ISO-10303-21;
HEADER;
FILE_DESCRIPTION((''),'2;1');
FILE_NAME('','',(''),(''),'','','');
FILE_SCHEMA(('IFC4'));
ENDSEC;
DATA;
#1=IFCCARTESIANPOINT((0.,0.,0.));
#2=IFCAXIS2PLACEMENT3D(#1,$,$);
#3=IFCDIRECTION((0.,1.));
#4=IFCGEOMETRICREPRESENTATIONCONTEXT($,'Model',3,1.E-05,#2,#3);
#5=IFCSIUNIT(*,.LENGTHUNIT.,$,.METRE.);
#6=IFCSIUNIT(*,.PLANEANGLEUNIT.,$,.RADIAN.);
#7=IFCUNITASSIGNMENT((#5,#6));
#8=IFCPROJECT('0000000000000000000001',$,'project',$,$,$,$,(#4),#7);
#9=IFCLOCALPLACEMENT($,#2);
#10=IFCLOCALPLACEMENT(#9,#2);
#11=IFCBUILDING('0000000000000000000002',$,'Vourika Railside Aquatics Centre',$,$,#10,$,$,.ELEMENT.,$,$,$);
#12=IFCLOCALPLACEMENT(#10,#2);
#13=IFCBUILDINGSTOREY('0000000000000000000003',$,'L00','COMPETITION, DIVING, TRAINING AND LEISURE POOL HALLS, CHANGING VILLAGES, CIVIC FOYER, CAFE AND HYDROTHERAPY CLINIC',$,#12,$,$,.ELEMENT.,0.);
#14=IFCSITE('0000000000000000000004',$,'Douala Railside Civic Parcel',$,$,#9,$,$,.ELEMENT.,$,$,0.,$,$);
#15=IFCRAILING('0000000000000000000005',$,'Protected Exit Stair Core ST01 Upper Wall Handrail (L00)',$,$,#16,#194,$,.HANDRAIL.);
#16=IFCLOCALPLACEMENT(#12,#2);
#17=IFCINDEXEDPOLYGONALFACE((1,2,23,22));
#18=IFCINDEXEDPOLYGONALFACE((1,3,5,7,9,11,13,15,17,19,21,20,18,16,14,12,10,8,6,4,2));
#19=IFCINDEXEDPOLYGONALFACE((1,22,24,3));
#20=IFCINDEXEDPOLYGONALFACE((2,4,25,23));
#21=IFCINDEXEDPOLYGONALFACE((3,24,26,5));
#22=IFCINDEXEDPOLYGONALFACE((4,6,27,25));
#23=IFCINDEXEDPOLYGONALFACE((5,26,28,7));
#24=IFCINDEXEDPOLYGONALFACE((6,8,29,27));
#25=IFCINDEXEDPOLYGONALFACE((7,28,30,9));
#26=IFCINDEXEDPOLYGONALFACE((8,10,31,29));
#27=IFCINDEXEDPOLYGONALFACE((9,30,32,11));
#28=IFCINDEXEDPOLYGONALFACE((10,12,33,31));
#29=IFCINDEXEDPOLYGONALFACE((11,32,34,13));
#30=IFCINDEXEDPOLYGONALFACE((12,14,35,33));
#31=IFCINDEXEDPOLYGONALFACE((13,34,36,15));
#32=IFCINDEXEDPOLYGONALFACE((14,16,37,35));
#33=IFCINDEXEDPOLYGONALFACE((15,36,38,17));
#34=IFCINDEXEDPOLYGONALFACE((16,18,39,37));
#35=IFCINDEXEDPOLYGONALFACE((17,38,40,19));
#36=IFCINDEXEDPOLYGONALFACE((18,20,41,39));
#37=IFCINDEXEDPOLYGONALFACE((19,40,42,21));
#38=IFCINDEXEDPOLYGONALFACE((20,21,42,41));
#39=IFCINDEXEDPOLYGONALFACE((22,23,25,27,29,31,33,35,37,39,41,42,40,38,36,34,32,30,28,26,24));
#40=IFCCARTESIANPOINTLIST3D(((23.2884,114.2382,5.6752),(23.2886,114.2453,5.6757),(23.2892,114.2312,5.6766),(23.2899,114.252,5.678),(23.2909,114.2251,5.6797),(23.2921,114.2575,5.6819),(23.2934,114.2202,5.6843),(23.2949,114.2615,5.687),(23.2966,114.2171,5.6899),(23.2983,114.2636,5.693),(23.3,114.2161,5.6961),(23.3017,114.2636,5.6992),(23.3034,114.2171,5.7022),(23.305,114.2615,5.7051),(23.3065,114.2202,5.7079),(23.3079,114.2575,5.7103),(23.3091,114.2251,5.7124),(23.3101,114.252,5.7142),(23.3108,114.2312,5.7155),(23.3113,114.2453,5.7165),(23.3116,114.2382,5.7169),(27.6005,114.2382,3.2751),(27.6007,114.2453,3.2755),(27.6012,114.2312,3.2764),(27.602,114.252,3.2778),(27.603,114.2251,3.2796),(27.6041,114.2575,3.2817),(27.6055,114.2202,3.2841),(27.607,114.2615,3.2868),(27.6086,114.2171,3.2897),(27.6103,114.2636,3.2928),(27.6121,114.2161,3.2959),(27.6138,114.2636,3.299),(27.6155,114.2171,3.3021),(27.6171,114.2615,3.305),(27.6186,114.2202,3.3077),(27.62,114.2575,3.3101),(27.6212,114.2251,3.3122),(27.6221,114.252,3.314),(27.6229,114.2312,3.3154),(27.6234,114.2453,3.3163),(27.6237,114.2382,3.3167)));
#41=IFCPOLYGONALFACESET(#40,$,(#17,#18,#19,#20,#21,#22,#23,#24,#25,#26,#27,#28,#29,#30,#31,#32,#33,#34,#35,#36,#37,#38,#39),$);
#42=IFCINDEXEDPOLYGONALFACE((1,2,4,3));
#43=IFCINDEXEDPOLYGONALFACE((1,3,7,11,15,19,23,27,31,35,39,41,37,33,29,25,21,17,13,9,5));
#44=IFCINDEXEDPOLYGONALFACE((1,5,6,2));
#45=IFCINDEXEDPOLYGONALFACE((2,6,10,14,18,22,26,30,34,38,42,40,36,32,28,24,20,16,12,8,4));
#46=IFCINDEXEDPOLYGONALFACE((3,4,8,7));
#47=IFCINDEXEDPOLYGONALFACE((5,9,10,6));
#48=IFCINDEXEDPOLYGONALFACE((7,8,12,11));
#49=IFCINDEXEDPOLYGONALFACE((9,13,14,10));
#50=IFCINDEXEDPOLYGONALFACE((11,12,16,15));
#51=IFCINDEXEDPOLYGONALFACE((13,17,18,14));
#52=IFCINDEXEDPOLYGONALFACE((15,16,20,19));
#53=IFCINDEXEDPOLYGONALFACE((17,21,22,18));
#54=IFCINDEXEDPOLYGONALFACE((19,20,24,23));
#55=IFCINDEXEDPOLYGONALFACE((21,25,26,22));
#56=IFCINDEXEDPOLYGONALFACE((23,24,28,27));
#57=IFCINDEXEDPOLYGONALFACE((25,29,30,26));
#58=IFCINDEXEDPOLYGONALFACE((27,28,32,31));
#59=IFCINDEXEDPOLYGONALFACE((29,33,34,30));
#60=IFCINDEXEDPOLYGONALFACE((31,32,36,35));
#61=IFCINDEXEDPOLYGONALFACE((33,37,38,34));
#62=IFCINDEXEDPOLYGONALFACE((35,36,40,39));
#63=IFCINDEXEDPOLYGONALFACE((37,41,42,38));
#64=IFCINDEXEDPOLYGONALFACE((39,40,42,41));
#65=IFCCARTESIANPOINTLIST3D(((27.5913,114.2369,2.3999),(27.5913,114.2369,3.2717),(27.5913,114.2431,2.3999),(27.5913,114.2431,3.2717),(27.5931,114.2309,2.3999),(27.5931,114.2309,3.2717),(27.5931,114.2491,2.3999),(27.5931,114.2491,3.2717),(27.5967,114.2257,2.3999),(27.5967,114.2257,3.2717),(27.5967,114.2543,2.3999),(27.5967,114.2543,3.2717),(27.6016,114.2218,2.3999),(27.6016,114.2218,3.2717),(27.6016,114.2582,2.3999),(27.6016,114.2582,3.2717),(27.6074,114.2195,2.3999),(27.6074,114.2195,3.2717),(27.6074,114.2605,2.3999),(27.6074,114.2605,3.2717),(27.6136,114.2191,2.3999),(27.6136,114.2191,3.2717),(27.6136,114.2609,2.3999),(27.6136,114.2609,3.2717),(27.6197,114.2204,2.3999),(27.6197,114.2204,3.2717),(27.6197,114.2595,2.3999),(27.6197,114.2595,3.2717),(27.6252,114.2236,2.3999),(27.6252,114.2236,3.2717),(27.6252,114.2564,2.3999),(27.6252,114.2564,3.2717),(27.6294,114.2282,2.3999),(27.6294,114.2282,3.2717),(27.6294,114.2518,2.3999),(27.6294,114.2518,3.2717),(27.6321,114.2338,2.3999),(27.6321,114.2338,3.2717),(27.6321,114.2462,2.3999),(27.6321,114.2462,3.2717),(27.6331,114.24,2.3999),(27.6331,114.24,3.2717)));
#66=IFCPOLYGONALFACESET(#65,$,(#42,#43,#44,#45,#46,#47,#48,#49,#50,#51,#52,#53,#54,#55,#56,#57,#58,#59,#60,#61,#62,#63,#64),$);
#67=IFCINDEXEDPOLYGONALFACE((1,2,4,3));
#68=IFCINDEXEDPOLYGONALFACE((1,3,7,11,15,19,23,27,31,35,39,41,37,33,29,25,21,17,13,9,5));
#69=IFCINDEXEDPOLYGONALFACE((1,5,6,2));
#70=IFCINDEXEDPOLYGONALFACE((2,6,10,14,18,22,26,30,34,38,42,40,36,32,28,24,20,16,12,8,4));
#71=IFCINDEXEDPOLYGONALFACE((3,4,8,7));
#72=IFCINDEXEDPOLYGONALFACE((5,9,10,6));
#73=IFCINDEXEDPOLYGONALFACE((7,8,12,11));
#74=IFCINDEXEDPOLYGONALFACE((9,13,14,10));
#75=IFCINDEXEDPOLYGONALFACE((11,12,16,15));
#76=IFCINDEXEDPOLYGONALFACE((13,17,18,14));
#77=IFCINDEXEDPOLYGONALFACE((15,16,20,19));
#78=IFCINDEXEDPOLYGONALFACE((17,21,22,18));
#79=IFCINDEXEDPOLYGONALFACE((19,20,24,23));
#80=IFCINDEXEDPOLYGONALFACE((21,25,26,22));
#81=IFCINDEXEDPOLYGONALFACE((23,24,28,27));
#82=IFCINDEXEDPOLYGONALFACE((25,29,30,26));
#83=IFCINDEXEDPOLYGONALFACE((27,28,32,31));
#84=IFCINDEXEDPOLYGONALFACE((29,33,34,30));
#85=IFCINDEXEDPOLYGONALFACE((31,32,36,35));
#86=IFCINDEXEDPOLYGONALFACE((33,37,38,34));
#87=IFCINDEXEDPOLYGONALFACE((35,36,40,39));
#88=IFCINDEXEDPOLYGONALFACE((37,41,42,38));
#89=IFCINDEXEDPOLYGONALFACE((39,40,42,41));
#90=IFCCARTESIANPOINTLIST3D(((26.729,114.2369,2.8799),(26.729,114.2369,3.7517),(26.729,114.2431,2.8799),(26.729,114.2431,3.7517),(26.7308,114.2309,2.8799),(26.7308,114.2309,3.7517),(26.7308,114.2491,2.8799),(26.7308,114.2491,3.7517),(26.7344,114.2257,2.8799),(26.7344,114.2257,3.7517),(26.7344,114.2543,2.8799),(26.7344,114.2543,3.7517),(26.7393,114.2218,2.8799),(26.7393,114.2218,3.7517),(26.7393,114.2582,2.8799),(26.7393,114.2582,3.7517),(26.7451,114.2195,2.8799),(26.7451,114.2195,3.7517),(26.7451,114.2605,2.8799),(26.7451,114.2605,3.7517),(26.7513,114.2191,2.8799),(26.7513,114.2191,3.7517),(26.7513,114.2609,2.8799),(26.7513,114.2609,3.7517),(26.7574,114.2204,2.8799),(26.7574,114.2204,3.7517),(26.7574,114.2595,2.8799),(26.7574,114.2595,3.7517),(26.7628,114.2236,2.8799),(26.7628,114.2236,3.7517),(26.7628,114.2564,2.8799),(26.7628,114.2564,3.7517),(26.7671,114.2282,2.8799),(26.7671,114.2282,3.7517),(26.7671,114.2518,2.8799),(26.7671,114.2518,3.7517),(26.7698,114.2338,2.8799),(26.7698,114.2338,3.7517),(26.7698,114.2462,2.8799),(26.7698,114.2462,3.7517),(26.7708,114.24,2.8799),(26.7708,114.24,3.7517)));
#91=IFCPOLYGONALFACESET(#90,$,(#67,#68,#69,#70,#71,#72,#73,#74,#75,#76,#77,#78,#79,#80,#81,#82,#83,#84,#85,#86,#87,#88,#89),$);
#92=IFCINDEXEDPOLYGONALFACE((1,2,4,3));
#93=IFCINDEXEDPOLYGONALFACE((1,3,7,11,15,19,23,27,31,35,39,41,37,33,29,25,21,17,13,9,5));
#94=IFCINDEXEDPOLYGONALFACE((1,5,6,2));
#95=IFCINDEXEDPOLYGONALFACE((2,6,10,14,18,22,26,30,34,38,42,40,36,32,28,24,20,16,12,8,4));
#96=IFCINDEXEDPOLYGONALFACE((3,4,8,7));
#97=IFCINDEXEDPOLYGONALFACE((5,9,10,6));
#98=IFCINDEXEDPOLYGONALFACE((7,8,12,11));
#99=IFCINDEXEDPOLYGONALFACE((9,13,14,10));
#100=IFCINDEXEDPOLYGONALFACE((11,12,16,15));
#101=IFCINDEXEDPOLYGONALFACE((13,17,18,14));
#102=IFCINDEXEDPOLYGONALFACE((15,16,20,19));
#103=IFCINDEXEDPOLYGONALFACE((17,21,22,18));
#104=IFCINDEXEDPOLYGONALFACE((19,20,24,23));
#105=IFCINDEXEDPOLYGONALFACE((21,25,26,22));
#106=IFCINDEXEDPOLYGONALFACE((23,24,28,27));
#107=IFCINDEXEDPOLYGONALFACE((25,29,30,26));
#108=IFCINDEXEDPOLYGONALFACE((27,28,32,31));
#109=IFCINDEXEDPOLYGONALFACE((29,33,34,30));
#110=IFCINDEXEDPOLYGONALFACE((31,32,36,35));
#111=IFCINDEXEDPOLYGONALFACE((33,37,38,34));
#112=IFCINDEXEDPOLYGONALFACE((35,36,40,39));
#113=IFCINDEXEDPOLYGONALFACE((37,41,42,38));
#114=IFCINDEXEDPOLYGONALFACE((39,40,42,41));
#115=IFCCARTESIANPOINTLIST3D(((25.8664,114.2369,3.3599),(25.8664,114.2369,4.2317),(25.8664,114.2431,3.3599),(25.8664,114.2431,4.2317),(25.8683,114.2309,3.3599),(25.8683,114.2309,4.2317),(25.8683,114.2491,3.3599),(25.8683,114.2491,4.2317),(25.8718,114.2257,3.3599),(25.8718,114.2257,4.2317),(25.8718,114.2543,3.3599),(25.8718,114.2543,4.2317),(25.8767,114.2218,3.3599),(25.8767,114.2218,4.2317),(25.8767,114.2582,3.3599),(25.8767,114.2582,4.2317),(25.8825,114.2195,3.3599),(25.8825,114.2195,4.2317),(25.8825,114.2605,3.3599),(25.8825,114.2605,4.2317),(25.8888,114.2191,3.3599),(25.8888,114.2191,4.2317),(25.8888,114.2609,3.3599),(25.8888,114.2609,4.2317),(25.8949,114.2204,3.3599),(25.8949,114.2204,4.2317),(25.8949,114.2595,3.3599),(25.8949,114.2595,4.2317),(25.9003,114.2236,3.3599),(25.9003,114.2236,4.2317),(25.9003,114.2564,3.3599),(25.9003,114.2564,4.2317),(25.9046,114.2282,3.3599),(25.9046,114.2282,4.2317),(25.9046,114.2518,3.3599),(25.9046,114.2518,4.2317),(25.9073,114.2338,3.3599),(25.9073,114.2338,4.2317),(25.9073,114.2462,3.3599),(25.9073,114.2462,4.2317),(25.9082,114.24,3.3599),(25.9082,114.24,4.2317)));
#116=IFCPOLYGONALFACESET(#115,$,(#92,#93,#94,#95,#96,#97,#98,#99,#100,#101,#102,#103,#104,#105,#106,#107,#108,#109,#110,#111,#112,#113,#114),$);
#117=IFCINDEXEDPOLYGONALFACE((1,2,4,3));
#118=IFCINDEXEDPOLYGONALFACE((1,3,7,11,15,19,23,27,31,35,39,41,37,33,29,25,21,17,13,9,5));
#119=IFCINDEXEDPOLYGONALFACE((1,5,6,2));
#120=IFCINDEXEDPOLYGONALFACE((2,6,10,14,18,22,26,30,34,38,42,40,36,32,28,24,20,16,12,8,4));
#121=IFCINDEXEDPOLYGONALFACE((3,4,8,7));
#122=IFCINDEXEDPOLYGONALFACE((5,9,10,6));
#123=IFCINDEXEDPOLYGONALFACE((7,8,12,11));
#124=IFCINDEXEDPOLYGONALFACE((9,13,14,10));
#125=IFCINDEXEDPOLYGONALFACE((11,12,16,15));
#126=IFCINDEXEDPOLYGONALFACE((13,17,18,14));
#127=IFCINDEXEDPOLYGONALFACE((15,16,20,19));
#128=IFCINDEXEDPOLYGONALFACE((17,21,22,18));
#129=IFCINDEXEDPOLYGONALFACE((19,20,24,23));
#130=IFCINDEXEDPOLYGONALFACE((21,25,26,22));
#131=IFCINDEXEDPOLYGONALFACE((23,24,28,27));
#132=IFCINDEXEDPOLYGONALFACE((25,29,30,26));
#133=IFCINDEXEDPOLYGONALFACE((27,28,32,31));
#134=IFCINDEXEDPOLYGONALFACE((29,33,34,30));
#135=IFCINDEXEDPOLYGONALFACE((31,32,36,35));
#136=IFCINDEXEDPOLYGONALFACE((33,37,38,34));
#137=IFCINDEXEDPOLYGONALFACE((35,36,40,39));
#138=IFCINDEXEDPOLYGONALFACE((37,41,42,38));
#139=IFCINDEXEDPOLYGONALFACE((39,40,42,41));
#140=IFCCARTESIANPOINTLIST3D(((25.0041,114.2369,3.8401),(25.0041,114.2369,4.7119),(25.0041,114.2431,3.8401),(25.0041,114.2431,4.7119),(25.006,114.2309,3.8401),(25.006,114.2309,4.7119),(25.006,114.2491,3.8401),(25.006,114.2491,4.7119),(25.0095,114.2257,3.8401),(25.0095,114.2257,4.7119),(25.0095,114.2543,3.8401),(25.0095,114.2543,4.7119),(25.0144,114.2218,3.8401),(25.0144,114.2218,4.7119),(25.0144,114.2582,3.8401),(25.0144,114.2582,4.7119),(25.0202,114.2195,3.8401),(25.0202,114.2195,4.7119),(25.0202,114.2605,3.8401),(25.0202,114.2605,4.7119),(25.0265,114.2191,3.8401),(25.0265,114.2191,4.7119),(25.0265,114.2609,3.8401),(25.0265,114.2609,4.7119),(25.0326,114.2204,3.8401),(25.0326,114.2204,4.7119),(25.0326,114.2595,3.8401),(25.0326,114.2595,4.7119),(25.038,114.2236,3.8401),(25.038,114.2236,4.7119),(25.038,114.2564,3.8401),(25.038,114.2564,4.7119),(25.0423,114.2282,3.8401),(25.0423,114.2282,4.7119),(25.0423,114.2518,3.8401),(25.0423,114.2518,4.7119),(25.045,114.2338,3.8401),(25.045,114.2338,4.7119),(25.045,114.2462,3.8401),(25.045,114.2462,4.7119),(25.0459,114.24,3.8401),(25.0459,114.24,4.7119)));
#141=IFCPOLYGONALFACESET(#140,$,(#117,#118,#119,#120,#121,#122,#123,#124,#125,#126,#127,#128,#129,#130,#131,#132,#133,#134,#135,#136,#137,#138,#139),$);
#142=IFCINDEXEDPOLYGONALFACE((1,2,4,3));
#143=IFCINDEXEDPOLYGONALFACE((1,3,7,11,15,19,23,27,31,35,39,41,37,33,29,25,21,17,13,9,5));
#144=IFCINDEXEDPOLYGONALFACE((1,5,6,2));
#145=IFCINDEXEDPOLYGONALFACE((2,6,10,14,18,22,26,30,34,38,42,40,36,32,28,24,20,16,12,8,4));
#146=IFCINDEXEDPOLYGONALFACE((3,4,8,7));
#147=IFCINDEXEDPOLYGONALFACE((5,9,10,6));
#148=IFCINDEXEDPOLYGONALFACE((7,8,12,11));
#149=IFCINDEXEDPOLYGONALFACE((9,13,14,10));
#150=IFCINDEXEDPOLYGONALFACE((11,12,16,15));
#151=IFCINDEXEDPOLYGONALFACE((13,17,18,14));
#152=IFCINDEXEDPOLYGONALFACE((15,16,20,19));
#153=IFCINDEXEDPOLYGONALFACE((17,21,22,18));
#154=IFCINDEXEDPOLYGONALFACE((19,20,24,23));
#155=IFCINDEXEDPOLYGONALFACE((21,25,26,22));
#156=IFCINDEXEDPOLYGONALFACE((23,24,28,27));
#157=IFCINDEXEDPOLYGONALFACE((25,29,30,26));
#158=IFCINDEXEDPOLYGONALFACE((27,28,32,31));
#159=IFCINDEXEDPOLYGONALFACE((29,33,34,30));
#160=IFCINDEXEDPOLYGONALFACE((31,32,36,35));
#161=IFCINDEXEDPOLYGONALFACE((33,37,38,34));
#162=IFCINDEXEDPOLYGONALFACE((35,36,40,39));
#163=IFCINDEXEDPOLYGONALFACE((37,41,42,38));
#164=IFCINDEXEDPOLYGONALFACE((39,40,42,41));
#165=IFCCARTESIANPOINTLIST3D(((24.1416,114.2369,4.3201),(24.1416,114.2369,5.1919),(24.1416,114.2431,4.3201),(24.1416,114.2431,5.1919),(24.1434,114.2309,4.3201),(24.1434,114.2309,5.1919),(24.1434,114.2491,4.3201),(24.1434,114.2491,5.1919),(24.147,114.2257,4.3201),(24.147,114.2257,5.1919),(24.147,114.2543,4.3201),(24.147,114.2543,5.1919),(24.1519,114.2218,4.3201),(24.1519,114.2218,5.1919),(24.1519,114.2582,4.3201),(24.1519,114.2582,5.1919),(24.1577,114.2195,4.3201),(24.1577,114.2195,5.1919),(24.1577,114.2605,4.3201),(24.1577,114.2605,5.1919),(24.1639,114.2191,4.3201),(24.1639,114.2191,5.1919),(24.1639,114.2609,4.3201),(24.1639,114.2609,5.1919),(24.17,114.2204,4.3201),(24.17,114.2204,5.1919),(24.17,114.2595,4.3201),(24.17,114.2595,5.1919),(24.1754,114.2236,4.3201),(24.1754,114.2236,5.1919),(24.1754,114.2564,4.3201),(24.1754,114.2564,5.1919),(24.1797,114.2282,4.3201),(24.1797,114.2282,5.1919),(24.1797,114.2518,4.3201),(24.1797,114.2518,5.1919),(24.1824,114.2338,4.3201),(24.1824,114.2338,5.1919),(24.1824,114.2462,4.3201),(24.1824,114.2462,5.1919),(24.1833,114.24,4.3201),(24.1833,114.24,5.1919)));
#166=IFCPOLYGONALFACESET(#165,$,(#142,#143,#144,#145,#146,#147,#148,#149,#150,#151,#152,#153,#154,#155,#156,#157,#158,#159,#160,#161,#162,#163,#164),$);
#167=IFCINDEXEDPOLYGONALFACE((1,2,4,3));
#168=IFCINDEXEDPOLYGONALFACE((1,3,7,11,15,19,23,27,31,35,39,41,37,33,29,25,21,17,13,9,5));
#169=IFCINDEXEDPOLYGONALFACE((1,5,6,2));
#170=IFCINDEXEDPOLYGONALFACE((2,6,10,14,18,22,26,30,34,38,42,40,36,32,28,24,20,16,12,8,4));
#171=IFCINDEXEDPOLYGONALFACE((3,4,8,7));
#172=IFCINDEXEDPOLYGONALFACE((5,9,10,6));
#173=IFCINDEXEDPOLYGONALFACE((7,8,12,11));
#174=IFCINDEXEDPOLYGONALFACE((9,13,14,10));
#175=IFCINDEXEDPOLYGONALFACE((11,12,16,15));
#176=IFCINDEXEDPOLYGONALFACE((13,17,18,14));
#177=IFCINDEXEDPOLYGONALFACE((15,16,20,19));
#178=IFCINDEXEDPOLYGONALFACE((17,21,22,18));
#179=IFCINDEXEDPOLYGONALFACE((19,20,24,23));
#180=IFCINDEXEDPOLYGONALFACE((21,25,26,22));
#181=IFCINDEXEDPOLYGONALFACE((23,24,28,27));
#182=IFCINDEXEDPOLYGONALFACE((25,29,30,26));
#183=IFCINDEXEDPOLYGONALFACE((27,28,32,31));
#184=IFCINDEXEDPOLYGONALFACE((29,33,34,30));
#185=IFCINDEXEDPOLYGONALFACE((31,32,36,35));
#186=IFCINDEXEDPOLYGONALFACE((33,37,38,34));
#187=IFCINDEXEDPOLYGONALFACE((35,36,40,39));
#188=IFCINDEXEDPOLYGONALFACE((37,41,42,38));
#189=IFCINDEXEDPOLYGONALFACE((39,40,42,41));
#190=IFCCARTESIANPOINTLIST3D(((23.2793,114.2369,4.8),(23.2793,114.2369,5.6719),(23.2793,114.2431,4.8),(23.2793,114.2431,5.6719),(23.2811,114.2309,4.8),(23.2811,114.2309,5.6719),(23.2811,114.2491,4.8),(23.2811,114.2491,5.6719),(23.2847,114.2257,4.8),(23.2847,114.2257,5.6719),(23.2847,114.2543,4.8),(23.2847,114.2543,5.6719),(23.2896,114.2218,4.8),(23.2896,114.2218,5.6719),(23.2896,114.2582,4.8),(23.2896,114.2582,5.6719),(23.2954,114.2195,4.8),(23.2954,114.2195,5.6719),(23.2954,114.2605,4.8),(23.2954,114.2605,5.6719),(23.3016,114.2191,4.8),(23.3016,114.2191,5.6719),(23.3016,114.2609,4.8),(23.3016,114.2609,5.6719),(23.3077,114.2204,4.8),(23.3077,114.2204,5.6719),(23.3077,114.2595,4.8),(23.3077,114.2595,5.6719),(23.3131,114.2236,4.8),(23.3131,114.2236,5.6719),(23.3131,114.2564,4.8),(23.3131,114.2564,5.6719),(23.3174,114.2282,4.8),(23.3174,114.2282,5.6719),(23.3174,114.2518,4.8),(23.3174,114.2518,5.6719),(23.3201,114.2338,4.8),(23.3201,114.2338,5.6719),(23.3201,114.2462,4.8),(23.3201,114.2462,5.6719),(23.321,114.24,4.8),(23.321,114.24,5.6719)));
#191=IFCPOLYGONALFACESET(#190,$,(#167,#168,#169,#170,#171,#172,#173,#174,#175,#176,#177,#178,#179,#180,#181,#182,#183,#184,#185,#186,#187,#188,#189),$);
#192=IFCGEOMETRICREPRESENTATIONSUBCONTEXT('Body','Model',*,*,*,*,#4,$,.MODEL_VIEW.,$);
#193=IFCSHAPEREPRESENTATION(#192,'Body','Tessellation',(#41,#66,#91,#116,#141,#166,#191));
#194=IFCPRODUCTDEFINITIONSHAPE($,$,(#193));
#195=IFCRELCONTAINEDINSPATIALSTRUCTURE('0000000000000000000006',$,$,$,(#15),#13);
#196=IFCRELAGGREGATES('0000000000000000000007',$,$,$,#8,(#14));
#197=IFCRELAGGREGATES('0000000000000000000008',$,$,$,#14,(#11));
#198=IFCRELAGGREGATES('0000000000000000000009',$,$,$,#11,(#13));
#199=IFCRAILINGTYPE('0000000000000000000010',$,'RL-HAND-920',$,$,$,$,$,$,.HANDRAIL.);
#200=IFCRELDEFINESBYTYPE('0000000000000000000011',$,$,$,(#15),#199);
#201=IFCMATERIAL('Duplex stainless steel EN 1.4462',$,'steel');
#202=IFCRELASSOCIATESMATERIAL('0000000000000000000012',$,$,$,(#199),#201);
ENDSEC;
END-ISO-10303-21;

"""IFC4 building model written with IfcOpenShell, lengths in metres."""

from ifc_helpers import new_model, si_unit, direction, frame, origin, origin_2d, place, context, subcontext, project, spatial, circle, extrude, material, type_object, element, save


model = new_model("IFC4")

# Units and contexts
model_context = context("Model", 3, precision=1e-05, world=origin(), true_north=direction((0.0, 1.0)))
body_context = subcontext(model_context, "Body", "Model", "MODEL_VIEW")
ifc_project = project(units=[si_unit("LENGTHUNIT", "METRE"), si_unit("PLANEANGLEUNIT", "RADIAN")], contexts=[model_context])

# Site, building, storey
site_placement = place(None, origin())
site = spatial("IfcSite", under=ifc_project, at=site_placement, Name="Douala Railside Civic Parcel", CompositionType="ELEMENT", RefElevation=0.0)
building_placement = place(site_placement, origin())
building = spatial("IfcBuilding", under=site, at=building_placement, Name="Vourika Railside Aquatics Centre", CompositionType="ELEMENT")
storey_placement = place(building_placement, origin())
storey = spatial("IfcBuildingStorey", under=building, at=storey_placement, Name="L00", Description="COMPETITION, DIVING, TRAINING AND LEISURE POOL HALLS, CHANGING VILLAGES, CIVIC FOYER, CAFE AND HYDROTHERAPY CLINIC", CompositionType="ELEMENT", Elevation=0.0)

# Railing
ifc_material_1 = material(Name="Duplex stainless steel EN 1.4462", Category="steel")
railing_type = type_object("IfcRailingType", Name="RL-HAND-920", PredefinedType="HANDRAIL", material=ifc_material_1)
railing_placement = place(storey_placement, frame((27.6121, 114.24, 2.3999)))
element("IfcRailing", 1, at=railing_placement, inside=storey, type_object=railing_type, Name="Protected Exit Stair Core ST01 Upper Wall Handrail (L00)", PredefinedType="HANDRAIL", context=body_context, shape_type="SweptSolid", body=[
    extrude(circle(Radius=0.0239, at=origin_2d()), frame((0.0, 0.0, 0.896), z_axis=(-0.873763, 0.0, 0.486353), x_axis=(0.0, -1.0, 0.0)), (0.0, 0.0, 1.0), 4.9351),
    extrude(circle(Radius=0.021, at=origin_2d()), origin(), (0.0, 0.0, 1.0), 0.8718),
    extrude(circle(Radius=0.021, at=origin_2d()), frame((-0.8623, 0.0, 0.48)), (0.0, 0.0, 1.0), 0.8718),
    extrude(circle(Radius=0.021, at=origin_2d()), frame((-1.7249, 0.0, 0.96)), (0.0, 0.0, 1.0), 0.8718),
    extrude(circle(Radius=0.021, at=origin_2d()), frame((-2.5872, 0.0, 1.4402)), (0.0, 0.0, 1.0), 0.8718),
    extrude(circle(Radius=0.021, at=origin_2d()), frame((-3.4497, 0.0, 1.9202)), (0.0, 0.0, 1.0), 0.8718),
    extrude(circle(Radius=0.021, at=origin_2d()), frame((-4.312, 0.0, 2.4001)), (0.0, 0.0, 1.0), 0.8718),
])

save(model, "model.ifc")
